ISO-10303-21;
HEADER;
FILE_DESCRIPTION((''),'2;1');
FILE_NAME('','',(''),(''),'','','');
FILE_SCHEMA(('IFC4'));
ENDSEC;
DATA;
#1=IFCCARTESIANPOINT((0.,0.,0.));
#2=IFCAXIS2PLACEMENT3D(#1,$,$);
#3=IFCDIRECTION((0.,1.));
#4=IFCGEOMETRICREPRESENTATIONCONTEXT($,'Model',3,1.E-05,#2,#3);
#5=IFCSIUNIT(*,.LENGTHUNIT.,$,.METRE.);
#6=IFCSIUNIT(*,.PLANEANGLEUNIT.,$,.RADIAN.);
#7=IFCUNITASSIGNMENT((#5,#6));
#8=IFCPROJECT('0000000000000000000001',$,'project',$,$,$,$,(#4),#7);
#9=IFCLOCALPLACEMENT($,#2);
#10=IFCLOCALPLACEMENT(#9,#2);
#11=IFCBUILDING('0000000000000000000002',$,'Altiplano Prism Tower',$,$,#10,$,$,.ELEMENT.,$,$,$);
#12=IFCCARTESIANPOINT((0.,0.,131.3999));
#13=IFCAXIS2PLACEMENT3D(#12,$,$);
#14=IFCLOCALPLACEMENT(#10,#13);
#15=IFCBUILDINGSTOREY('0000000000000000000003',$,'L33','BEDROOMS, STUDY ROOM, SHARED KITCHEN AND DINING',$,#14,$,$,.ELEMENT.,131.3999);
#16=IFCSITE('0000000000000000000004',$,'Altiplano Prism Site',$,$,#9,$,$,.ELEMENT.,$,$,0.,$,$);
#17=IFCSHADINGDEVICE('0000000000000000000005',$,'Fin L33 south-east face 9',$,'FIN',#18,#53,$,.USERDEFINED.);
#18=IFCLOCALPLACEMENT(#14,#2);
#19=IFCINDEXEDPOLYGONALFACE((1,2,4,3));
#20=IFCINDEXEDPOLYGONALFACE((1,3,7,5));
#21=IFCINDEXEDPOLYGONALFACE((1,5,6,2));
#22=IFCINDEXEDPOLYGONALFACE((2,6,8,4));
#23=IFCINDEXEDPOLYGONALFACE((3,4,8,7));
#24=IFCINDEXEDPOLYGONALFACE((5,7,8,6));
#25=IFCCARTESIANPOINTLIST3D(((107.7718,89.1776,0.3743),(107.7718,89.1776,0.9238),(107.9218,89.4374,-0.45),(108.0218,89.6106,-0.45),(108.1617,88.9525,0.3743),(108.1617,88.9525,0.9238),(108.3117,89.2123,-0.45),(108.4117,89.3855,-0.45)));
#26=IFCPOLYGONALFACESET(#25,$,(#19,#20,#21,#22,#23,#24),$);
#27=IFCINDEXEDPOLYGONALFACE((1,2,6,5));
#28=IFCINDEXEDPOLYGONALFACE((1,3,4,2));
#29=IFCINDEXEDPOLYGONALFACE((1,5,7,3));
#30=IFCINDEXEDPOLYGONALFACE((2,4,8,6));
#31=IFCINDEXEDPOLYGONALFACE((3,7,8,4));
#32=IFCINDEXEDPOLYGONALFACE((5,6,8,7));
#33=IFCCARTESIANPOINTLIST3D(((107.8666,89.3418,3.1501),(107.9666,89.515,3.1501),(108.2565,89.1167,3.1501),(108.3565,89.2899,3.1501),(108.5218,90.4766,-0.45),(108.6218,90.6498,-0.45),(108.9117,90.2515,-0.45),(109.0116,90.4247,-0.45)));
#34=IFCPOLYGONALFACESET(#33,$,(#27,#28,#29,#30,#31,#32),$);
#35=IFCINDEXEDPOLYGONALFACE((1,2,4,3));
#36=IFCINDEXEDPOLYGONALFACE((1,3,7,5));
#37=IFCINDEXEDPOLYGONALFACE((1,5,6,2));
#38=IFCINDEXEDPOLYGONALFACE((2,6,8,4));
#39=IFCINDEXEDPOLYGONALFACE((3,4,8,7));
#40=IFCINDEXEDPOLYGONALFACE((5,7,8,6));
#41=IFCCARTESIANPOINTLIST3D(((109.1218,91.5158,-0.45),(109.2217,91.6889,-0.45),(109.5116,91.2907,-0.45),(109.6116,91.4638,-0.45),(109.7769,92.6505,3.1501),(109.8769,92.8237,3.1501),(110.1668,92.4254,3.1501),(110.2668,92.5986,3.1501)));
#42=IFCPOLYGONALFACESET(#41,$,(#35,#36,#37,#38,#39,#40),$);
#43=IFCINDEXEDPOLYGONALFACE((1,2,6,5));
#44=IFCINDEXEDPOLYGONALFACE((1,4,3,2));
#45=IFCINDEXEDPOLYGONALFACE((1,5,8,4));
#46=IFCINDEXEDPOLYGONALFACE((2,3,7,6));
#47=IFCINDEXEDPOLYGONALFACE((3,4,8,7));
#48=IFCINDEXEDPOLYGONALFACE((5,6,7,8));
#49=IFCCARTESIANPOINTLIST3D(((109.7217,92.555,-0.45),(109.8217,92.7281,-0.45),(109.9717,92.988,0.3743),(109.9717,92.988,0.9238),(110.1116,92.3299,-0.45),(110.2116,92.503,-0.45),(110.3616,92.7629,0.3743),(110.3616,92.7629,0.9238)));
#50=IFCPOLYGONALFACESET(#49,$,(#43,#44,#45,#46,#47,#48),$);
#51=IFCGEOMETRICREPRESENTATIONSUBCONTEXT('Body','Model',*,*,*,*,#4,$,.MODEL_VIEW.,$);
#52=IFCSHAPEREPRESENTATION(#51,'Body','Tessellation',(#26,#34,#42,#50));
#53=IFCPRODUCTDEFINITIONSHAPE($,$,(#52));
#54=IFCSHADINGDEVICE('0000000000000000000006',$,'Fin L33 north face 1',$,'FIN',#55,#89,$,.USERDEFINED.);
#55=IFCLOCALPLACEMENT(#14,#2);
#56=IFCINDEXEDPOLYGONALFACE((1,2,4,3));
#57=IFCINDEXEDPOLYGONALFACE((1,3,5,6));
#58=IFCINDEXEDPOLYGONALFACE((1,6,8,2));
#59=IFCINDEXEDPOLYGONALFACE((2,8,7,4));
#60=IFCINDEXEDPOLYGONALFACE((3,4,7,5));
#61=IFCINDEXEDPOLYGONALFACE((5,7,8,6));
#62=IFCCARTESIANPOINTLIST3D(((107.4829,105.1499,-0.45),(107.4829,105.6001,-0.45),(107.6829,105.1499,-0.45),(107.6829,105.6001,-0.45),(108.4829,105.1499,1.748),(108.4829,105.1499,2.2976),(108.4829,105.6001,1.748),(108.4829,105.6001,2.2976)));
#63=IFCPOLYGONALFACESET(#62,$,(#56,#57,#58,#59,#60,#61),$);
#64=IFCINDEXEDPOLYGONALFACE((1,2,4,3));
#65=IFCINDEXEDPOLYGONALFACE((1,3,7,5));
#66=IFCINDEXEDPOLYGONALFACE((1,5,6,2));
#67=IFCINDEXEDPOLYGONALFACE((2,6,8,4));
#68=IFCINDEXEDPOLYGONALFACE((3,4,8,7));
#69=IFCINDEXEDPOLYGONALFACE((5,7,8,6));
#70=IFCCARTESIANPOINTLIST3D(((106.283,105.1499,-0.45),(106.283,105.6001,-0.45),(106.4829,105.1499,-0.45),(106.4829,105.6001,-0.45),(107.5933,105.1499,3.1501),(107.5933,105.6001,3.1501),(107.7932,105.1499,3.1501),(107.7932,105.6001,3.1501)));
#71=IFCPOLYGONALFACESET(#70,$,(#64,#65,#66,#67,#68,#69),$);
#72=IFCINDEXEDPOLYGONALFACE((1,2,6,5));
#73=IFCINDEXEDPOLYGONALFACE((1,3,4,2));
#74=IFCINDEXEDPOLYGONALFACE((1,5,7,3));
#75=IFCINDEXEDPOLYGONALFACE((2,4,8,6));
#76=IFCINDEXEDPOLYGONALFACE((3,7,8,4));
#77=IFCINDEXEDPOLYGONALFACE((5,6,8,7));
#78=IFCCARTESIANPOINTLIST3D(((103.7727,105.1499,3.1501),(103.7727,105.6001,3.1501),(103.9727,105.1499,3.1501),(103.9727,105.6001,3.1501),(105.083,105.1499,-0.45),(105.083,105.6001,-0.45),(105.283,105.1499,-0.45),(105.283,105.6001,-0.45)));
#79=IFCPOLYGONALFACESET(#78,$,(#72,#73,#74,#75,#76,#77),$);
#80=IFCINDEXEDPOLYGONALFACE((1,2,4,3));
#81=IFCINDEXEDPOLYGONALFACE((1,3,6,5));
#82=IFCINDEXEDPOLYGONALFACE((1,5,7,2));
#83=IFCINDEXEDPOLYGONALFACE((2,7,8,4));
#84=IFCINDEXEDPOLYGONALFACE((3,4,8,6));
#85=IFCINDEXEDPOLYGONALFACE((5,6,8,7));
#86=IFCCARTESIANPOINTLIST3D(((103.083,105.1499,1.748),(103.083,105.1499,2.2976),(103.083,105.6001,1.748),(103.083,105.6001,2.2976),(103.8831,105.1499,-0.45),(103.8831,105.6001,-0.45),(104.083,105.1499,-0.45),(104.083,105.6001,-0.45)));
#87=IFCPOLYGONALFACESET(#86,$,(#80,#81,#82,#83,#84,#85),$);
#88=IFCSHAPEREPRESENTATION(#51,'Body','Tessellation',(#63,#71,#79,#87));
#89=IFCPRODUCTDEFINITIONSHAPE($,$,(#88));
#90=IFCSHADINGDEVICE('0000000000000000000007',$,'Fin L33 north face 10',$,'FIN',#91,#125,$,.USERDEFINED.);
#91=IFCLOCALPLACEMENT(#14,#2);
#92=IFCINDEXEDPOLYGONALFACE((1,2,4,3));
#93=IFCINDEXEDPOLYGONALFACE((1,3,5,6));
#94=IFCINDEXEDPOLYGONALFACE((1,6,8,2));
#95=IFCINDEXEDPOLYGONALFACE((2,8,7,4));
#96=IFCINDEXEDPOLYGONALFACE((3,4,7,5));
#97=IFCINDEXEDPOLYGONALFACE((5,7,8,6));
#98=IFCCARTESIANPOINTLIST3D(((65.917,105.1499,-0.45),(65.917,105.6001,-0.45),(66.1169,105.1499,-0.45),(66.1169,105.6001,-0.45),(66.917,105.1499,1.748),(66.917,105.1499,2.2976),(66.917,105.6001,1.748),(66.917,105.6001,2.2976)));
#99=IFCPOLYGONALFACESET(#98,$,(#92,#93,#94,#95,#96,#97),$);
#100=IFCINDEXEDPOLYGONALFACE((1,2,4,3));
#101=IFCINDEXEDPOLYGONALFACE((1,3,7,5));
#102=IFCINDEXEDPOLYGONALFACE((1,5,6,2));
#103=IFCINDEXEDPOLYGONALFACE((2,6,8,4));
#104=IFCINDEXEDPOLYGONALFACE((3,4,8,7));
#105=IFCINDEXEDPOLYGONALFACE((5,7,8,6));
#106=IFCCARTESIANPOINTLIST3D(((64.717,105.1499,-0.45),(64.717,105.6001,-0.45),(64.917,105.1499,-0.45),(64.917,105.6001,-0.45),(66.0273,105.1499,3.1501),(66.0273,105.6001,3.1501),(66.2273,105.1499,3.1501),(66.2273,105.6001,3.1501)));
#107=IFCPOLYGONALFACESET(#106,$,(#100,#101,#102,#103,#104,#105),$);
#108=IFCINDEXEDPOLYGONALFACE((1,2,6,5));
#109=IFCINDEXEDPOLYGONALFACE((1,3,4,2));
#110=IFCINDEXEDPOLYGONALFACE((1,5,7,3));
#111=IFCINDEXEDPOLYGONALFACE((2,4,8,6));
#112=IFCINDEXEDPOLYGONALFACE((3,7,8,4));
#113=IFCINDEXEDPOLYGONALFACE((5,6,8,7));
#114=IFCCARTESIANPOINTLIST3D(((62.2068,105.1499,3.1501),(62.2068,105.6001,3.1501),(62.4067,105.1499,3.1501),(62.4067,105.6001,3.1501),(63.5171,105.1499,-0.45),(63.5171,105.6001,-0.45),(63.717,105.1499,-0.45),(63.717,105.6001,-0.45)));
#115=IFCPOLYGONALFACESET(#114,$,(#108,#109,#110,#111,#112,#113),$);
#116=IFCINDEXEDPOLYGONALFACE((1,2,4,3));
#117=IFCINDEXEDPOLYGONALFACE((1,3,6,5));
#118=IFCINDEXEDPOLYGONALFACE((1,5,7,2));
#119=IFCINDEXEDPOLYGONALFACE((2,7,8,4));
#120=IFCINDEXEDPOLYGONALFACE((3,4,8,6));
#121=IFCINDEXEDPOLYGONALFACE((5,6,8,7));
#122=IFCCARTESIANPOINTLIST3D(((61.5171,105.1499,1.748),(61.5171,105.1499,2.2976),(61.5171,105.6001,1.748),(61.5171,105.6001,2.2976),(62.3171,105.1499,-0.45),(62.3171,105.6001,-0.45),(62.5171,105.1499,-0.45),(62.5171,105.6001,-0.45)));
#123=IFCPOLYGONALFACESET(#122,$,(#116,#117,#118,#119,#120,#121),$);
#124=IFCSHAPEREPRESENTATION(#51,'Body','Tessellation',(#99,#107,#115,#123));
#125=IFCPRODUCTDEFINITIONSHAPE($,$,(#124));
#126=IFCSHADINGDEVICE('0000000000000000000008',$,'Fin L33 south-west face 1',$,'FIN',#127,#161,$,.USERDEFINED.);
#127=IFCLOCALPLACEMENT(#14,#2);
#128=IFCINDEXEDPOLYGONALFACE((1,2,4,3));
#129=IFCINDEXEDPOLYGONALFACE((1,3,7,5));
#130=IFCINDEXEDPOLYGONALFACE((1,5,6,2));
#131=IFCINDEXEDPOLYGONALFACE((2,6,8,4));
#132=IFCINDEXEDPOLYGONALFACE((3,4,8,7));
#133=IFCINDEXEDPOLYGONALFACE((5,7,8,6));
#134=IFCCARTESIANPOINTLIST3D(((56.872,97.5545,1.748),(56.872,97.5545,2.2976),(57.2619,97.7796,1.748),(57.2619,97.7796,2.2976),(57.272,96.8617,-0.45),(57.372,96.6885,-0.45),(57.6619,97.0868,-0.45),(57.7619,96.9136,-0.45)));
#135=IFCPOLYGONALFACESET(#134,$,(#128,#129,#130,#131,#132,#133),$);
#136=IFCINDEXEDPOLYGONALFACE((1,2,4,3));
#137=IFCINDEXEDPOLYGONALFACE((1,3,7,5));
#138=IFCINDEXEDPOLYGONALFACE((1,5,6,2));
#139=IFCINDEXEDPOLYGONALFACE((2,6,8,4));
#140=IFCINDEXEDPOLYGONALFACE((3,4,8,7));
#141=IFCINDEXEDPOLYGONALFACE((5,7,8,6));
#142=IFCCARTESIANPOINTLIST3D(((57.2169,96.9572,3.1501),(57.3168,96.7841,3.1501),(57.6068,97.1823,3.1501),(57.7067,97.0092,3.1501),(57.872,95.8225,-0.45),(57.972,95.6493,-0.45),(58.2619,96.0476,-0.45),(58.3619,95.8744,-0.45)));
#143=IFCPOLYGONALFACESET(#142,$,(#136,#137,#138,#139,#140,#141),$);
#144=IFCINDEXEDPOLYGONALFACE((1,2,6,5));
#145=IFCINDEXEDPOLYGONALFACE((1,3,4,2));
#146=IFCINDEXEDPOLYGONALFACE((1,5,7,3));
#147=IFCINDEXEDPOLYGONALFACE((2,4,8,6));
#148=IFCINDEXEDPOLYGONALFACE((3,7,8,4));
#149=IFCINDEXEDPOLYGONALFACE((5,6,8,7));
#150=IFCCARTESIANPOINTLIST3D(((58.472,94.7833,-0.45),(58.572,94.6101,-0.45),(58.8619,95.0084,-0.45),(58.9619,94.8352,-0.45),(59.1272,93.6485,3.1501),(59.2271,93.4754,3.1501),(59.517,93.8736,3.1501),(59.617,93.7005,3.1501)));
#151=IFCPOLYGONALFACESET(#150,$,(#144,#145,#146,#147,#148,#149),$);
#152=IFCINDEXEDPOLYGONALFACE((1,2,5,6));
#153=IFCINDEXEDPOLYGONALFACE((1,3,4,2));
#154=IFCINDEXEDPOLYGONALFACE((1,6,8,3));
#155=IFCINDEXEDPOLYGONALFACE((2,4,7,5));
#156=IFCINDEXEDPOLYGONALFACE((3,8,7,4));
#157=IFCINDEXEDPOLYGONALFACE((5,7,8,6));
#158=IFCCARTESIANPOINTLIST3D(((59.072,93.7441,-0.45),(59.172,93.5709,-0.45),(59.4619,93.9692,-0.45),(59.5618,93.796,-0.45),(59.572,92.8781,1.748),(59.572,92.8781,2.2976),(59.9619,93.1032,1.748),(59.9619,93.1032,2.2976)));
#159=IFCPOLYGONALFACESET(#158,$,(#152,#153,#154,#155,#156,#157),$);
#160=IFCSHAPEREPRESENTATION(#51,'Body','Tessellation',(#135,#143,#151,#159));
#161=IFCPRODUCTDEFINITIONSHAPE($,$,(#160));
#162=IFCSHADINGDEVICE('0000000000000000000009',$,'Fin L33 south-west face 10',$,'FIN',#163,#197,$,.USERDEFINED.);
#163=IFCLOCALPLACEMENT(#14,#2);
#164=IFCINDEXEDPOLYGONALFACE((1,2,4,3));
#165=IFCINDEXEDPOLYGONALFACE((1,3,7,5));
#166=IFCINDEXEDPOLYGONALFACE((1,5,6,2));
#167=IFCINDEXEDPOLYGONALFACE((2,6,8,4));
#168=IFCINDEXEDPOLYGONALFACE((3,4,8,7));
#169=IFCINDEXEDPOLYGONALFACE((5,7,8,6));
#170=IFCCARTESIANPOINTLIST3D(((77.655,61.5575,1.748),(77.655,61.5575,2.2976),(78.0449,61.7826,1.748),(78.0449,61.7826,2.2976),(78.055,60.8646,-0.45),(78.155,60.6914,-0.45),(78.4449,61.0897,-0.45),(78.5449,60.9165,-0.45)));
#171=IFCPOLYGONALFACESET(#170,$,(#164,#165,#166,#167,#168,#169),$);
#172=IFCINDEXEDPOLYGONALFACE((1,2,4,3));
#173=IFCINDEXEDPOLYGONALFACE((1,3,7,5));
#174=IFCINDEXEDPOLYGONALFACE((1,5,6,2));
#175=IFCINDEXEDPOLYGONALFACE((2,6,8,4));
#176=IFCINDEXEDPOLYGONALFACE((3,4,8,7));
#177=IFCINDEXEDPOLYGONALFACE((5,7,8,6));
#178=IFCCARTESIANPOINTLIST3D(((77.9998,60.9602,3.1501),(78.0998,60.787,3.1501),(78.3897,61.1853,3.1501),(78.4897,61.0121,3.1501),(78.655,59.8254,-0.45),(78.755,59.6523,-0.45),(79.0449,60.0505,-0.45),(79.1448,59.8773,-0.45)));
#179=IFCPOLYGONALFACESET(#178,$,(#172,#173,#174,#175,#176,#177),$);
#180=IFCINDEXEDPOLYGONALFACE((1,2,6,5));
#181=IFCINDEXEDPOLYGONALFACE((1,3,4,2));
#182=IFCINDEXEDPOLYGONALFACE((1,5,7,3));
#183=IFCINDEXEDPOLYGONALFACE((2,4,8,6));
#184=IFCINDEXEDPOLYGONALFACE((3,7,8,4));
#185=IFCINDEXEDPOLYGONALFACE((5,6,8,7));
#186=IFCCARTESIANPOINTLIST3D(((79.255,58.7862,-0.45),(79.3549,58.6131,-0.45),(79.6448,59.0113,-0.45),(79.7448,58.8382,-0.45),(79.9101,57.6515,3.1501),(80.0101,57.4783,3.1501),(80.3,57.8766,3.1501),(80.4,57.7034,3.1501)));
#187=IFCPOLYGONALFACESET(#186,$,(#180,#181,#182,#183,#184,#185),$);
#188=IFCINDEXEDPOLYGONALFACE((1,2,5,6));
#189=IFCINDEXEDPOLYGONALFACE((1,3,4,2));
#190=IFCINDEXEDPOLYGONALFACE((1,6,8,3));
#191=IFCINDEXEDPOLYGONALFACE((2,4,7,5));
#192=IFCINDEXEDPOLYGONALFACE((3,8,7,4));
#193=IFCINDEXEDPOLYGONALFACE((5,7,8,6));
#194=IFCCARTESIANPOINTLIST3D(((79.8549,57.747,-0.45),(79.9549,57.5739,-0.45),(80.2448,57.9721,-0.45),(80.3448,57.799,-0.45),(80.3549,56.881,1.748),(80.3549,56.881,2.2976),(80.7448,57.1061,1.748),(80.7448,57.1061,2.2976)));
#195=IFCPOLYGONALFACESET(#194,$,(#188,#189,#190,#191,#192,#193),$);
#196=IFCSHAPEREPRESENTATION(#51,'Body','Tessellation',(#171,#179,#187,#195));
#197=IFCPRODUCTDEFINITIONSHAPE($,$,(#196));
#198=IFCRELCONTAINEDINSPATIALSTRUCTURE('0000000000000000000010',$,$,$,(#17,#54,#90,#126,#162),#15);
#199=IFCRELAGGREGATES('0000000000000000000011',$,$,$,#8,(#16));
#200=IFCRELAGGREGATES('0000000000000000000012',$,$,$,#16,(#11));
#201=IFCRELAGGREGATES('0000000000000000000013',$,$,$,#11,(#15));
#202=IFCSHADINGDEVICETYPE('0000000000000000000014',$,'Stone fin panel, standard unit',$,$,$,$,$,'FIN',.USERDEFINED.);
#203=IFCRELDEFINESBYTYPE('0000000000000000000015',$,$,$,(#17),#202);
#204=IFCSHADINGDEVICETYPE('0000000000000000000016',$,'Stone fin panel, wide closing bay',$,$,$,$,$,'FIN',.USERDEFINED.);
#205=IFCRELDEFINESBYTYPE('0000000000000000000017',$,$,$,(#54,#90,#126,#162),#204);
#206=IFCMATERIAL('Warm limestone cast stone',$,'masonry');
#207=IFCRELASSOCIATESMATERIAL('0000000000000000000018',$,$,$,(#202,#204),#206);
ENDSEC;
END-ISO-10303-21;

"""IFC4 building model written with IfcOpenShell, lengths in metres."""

from ifc_helpers import new_model, si_unit, direction, frame, origin, place, context, subcontext, project, spatial, polyline, outline, extrude, source, transform, mapped, material, type_object, element, save


model = new_model("IFC4")

# Units and contexts
model_context = context("Model", 3, precision=1e-05, world=origin(), true_north=direction((0.0, 1.0)))
body_context = subcontext(model_context, "Body", "Model", "MODEL_VIEW")
ifc_project = project(units=[si_unit("LENGTHUNIT", "METRE"), si_unit("PLANEANGLEUNIT", "RADIAN")], contexts=[model_context])

# Site, building, storey
site_placement = place(None, origin())
site = spatial("IfcSite", under=ifc_project, at=site_placement, Name="Altiplano Prism Site", CompositionType="ELEMENT", RefElevation=0.0)
building_placement = place(site_placement, origin())
building = spatial("IfcBuilding", under=site, at=building_placement, Name="Altiplano Prism Tower", CompositionType="ELEMENT")
storey_placement = place(building_placement, frame((0.0, 0.0, 131.3999)))
storey = spatial("IfcBuildingStorey", under=building, at=storey_placement, Name="L33", Description="BEDROOMS, STUDY ROOM, SHARED KITCHEN AND DINING", CompositionType="ELEMENT", Elevation=131.3999)

# Shading devices
ifc_material_1 = material(Name="Warm limestone cast stone", Category="masonry")
shading_device_type_1 = type_object("IfcShadingDeviceType", Name="Stone fin panel, standard unit", ElementType="FIN", PredefinedType="USERDEFINED", material=ifc_material_1)
shared_shape_1 = source(origin(), body_context, "Body", "SweptSolid", [
    extrude(outline(polyline([(-2.2, 1.3738), (-2.2, 0.8242), (-1.8999, 0.0), (-1.7, 0.0), (-2.2, 1.3738)])), frame((0.0, -0.1499, 0.0), z_axis=(0.0, -1.0, 0.0), x_axis=(1.0, 0.0, 0.0)), (0.0, 0.0, 1.0), 0.4502),
    extrude(outline(polyline([(-2.0103, 3.6001), (-0.7, 0.0), (-0.5, 0.0), (-1.8103, 3.6001), (-2.0103, 3.6001)])), frame((0.0, -0.1499, 0.0), z_axis=(0.0, -1.0, 0.0), x_axis=(1.0, 0.0, 0.0)), (0.0, 0.0, 1.0), 0.4502),
    extrude(outline(polyline([(1.8103, 3.6001), (0.5, 0.0), (0.7, 0.0), (2.0103, 3.6001), (1.8103, 3.6001)])), frame((0.0, -0.1499, 0.0), z_axis=(0.0, -1.0, 0.0), x_axis=(1.0, 0.0, 0.0)), (0.0, 0.0, 1.0), 0.4502),
    extrude(outline(polyline([(2.2, 0.8242), (2.2, 1.3738), (1.7, 0.0), (1.8999, 0.0), (2.2, 0.8242)])), frame((0.0, -0.1499, 0.0), z_axis=(0.0, -1.0, 0.0), x_axis=(1.0, 0.0, 0.0)), (0.0, 0.0, 1.0), 0.4502),
])
shading_device_1_placement = place(storey_placement, origin())
element("IfcShadingDevice", 1, at=shading_device_1_placement, inside=storey, type_object=shading_device_type_1, Name="Fin L33 south-east face 9", ObjectType="FIN", PredefinedType="USERDEFINED", context=body_context, shape_type="MappedRepresentation", body=[
    mapped(shared_shape_1, transform((108.7419, 91.1577, -0.45), x_axis=(0.5, 0.866025, 0.0), y_axis=(-0.866025, 0.5, 0.0), z_axis=(0.0, 0.0, 1.0))),
])
shading_device_type_2 = type_object("IfcShadingDeviceType", Name="Stone fin panel, wide closing bay", ElementType="FIN", PredefinedType="USERDEFINED", material=ifc_material_1)
shared_shape_2 = source(origin(), body_context, "Body", "SweptSolid", [
    extrude(outline(polyline([(-2.7, 2.7476), (-2.7, 2.198), (-1.8999, 0.0), (-1.7, 0.0), (-2.7, 2.7476)])), frame((0.0, -0.1499, 0.0), z_axis=(0.0, -1.0, 0.0), x_axis=(1.0, 0.0, 0.0)), (0.0, 0.0, 1.0), 0.4502),
    extrude(outline(polyline([(-2.0103, 3.6001), (-0.7, 0.0), (-0.5, 0.0), (-1.8103, 3.6001), (-2.0103, 3.6001)])), frame((0.0, -0.1499, 0.0), z_axis=(0.0, -1.0, 0.0), x_axis=(1.0, 0.0, 0.0)), (0.0, 0.0, 1.0), 0.4502),
    extrude(outline(polyline([(1.8103, 3.6001), (0.5, 0.0), (0.7, 0.0), (2.0103, 3.6001), (1.8103, 3.6001)])), frame((0.0, -0.1499, 0.0), z_axis=(0.0, -1.0, 0.0), x_axis=(1.0, 0.0, 0.0)), (0.0, 0.0, 1.0), 0.4502),
    extrude(outline(polyline([(2.7, 2.198), (2.7, 2.7476), (1.7, 0.0), (1.8999, 0.0), (2.7, 2.198)])), frame((0.0, -0.1499, 0.0), z_axis=(0.0, -1.0, 0.0), x_axis=(1.0, 0.0, 0.0)), (0.0, 0.0, 1.0), 0.4502),
])
shading_device_2_placement = place(storey_placement, origin())
element("IfcShadingDevice", 2, at=shading_device_2_placement, inside=storey, type_object=shading_device_type_2, Name="Fin L33 north face 1", ObjectType="FIN", PredefinedType="USERDEFINED", context=body_context, shape_type="MappedRepresentation", body=[
    mapped(shared_shape_2, transform((105.783, 105.0, -0.45), x_axis=(-1.0, 0.0, 0.0), y_axis=(0.0, -1.0, 0.0), z_axis=(0.0, 0.0, 1.0))),
])
shading_device_3_placement = place(storey_placement, origin())
element("IfcShadingDevice", 3, at=shading_device_3_placement, inside=storey, type_object=shading_device_type_2, Name="Fin L33 north face 10", ObjectType="FIN", PredefinedType="USERDEFINED", context=body_context, shape_type="MappedRepresentation", body=[
    mapped(shared_shape_2, transform((64.217, 105.0, -0.45), x_axis=(-1.0, 0.0, 0.0), y_axis=(0.0, -1.0, 0.0), z_axis=(0.0, 0.0, 1.0))),
])
shading_device_4_placement = place(storey_placement, origin())
element("IfcShadingDevice", 4, at=shading_device_4_placement, inside=storey, type_object=shading_device_type_2, Name="Fin L33 south-west face 1", ObjectType="FIN", PredefinedType="USERDEFINED", context=body_context, shape_type="MappedRepresentation", body=[
    mapped(shared_shape_2, transform((58.7417, 95.5164, -0.45), x_axis=(0.5, -0.866025, 0.0), y_axis=(0.866025, 0.5, 0.0), z_axis=(0.0, 0.0, 1.0))),
])
shading_device_5_placement = place(storey_placement, origin())
element("IfcShadingDevice", 5, at=shading_device_5_placement, inside=storey, type_object=shading_device_type_2, Name="Fin L33 south-west face 10", ObjectType="FIN", PredefinedType="USERDEFINED", context=body_context, shape_type="MappedRepresentation", body=[
    mapped(shared_shape_2, transform((79.5247, 59.5193, -0.45), x_axis=(0.5, -0.866025, 0.0), y_axis=(0.866025, 0.5, 0.0), z_axis=(0.0, 0.0, 1.0))),
])

save(model, "model.ifc")
